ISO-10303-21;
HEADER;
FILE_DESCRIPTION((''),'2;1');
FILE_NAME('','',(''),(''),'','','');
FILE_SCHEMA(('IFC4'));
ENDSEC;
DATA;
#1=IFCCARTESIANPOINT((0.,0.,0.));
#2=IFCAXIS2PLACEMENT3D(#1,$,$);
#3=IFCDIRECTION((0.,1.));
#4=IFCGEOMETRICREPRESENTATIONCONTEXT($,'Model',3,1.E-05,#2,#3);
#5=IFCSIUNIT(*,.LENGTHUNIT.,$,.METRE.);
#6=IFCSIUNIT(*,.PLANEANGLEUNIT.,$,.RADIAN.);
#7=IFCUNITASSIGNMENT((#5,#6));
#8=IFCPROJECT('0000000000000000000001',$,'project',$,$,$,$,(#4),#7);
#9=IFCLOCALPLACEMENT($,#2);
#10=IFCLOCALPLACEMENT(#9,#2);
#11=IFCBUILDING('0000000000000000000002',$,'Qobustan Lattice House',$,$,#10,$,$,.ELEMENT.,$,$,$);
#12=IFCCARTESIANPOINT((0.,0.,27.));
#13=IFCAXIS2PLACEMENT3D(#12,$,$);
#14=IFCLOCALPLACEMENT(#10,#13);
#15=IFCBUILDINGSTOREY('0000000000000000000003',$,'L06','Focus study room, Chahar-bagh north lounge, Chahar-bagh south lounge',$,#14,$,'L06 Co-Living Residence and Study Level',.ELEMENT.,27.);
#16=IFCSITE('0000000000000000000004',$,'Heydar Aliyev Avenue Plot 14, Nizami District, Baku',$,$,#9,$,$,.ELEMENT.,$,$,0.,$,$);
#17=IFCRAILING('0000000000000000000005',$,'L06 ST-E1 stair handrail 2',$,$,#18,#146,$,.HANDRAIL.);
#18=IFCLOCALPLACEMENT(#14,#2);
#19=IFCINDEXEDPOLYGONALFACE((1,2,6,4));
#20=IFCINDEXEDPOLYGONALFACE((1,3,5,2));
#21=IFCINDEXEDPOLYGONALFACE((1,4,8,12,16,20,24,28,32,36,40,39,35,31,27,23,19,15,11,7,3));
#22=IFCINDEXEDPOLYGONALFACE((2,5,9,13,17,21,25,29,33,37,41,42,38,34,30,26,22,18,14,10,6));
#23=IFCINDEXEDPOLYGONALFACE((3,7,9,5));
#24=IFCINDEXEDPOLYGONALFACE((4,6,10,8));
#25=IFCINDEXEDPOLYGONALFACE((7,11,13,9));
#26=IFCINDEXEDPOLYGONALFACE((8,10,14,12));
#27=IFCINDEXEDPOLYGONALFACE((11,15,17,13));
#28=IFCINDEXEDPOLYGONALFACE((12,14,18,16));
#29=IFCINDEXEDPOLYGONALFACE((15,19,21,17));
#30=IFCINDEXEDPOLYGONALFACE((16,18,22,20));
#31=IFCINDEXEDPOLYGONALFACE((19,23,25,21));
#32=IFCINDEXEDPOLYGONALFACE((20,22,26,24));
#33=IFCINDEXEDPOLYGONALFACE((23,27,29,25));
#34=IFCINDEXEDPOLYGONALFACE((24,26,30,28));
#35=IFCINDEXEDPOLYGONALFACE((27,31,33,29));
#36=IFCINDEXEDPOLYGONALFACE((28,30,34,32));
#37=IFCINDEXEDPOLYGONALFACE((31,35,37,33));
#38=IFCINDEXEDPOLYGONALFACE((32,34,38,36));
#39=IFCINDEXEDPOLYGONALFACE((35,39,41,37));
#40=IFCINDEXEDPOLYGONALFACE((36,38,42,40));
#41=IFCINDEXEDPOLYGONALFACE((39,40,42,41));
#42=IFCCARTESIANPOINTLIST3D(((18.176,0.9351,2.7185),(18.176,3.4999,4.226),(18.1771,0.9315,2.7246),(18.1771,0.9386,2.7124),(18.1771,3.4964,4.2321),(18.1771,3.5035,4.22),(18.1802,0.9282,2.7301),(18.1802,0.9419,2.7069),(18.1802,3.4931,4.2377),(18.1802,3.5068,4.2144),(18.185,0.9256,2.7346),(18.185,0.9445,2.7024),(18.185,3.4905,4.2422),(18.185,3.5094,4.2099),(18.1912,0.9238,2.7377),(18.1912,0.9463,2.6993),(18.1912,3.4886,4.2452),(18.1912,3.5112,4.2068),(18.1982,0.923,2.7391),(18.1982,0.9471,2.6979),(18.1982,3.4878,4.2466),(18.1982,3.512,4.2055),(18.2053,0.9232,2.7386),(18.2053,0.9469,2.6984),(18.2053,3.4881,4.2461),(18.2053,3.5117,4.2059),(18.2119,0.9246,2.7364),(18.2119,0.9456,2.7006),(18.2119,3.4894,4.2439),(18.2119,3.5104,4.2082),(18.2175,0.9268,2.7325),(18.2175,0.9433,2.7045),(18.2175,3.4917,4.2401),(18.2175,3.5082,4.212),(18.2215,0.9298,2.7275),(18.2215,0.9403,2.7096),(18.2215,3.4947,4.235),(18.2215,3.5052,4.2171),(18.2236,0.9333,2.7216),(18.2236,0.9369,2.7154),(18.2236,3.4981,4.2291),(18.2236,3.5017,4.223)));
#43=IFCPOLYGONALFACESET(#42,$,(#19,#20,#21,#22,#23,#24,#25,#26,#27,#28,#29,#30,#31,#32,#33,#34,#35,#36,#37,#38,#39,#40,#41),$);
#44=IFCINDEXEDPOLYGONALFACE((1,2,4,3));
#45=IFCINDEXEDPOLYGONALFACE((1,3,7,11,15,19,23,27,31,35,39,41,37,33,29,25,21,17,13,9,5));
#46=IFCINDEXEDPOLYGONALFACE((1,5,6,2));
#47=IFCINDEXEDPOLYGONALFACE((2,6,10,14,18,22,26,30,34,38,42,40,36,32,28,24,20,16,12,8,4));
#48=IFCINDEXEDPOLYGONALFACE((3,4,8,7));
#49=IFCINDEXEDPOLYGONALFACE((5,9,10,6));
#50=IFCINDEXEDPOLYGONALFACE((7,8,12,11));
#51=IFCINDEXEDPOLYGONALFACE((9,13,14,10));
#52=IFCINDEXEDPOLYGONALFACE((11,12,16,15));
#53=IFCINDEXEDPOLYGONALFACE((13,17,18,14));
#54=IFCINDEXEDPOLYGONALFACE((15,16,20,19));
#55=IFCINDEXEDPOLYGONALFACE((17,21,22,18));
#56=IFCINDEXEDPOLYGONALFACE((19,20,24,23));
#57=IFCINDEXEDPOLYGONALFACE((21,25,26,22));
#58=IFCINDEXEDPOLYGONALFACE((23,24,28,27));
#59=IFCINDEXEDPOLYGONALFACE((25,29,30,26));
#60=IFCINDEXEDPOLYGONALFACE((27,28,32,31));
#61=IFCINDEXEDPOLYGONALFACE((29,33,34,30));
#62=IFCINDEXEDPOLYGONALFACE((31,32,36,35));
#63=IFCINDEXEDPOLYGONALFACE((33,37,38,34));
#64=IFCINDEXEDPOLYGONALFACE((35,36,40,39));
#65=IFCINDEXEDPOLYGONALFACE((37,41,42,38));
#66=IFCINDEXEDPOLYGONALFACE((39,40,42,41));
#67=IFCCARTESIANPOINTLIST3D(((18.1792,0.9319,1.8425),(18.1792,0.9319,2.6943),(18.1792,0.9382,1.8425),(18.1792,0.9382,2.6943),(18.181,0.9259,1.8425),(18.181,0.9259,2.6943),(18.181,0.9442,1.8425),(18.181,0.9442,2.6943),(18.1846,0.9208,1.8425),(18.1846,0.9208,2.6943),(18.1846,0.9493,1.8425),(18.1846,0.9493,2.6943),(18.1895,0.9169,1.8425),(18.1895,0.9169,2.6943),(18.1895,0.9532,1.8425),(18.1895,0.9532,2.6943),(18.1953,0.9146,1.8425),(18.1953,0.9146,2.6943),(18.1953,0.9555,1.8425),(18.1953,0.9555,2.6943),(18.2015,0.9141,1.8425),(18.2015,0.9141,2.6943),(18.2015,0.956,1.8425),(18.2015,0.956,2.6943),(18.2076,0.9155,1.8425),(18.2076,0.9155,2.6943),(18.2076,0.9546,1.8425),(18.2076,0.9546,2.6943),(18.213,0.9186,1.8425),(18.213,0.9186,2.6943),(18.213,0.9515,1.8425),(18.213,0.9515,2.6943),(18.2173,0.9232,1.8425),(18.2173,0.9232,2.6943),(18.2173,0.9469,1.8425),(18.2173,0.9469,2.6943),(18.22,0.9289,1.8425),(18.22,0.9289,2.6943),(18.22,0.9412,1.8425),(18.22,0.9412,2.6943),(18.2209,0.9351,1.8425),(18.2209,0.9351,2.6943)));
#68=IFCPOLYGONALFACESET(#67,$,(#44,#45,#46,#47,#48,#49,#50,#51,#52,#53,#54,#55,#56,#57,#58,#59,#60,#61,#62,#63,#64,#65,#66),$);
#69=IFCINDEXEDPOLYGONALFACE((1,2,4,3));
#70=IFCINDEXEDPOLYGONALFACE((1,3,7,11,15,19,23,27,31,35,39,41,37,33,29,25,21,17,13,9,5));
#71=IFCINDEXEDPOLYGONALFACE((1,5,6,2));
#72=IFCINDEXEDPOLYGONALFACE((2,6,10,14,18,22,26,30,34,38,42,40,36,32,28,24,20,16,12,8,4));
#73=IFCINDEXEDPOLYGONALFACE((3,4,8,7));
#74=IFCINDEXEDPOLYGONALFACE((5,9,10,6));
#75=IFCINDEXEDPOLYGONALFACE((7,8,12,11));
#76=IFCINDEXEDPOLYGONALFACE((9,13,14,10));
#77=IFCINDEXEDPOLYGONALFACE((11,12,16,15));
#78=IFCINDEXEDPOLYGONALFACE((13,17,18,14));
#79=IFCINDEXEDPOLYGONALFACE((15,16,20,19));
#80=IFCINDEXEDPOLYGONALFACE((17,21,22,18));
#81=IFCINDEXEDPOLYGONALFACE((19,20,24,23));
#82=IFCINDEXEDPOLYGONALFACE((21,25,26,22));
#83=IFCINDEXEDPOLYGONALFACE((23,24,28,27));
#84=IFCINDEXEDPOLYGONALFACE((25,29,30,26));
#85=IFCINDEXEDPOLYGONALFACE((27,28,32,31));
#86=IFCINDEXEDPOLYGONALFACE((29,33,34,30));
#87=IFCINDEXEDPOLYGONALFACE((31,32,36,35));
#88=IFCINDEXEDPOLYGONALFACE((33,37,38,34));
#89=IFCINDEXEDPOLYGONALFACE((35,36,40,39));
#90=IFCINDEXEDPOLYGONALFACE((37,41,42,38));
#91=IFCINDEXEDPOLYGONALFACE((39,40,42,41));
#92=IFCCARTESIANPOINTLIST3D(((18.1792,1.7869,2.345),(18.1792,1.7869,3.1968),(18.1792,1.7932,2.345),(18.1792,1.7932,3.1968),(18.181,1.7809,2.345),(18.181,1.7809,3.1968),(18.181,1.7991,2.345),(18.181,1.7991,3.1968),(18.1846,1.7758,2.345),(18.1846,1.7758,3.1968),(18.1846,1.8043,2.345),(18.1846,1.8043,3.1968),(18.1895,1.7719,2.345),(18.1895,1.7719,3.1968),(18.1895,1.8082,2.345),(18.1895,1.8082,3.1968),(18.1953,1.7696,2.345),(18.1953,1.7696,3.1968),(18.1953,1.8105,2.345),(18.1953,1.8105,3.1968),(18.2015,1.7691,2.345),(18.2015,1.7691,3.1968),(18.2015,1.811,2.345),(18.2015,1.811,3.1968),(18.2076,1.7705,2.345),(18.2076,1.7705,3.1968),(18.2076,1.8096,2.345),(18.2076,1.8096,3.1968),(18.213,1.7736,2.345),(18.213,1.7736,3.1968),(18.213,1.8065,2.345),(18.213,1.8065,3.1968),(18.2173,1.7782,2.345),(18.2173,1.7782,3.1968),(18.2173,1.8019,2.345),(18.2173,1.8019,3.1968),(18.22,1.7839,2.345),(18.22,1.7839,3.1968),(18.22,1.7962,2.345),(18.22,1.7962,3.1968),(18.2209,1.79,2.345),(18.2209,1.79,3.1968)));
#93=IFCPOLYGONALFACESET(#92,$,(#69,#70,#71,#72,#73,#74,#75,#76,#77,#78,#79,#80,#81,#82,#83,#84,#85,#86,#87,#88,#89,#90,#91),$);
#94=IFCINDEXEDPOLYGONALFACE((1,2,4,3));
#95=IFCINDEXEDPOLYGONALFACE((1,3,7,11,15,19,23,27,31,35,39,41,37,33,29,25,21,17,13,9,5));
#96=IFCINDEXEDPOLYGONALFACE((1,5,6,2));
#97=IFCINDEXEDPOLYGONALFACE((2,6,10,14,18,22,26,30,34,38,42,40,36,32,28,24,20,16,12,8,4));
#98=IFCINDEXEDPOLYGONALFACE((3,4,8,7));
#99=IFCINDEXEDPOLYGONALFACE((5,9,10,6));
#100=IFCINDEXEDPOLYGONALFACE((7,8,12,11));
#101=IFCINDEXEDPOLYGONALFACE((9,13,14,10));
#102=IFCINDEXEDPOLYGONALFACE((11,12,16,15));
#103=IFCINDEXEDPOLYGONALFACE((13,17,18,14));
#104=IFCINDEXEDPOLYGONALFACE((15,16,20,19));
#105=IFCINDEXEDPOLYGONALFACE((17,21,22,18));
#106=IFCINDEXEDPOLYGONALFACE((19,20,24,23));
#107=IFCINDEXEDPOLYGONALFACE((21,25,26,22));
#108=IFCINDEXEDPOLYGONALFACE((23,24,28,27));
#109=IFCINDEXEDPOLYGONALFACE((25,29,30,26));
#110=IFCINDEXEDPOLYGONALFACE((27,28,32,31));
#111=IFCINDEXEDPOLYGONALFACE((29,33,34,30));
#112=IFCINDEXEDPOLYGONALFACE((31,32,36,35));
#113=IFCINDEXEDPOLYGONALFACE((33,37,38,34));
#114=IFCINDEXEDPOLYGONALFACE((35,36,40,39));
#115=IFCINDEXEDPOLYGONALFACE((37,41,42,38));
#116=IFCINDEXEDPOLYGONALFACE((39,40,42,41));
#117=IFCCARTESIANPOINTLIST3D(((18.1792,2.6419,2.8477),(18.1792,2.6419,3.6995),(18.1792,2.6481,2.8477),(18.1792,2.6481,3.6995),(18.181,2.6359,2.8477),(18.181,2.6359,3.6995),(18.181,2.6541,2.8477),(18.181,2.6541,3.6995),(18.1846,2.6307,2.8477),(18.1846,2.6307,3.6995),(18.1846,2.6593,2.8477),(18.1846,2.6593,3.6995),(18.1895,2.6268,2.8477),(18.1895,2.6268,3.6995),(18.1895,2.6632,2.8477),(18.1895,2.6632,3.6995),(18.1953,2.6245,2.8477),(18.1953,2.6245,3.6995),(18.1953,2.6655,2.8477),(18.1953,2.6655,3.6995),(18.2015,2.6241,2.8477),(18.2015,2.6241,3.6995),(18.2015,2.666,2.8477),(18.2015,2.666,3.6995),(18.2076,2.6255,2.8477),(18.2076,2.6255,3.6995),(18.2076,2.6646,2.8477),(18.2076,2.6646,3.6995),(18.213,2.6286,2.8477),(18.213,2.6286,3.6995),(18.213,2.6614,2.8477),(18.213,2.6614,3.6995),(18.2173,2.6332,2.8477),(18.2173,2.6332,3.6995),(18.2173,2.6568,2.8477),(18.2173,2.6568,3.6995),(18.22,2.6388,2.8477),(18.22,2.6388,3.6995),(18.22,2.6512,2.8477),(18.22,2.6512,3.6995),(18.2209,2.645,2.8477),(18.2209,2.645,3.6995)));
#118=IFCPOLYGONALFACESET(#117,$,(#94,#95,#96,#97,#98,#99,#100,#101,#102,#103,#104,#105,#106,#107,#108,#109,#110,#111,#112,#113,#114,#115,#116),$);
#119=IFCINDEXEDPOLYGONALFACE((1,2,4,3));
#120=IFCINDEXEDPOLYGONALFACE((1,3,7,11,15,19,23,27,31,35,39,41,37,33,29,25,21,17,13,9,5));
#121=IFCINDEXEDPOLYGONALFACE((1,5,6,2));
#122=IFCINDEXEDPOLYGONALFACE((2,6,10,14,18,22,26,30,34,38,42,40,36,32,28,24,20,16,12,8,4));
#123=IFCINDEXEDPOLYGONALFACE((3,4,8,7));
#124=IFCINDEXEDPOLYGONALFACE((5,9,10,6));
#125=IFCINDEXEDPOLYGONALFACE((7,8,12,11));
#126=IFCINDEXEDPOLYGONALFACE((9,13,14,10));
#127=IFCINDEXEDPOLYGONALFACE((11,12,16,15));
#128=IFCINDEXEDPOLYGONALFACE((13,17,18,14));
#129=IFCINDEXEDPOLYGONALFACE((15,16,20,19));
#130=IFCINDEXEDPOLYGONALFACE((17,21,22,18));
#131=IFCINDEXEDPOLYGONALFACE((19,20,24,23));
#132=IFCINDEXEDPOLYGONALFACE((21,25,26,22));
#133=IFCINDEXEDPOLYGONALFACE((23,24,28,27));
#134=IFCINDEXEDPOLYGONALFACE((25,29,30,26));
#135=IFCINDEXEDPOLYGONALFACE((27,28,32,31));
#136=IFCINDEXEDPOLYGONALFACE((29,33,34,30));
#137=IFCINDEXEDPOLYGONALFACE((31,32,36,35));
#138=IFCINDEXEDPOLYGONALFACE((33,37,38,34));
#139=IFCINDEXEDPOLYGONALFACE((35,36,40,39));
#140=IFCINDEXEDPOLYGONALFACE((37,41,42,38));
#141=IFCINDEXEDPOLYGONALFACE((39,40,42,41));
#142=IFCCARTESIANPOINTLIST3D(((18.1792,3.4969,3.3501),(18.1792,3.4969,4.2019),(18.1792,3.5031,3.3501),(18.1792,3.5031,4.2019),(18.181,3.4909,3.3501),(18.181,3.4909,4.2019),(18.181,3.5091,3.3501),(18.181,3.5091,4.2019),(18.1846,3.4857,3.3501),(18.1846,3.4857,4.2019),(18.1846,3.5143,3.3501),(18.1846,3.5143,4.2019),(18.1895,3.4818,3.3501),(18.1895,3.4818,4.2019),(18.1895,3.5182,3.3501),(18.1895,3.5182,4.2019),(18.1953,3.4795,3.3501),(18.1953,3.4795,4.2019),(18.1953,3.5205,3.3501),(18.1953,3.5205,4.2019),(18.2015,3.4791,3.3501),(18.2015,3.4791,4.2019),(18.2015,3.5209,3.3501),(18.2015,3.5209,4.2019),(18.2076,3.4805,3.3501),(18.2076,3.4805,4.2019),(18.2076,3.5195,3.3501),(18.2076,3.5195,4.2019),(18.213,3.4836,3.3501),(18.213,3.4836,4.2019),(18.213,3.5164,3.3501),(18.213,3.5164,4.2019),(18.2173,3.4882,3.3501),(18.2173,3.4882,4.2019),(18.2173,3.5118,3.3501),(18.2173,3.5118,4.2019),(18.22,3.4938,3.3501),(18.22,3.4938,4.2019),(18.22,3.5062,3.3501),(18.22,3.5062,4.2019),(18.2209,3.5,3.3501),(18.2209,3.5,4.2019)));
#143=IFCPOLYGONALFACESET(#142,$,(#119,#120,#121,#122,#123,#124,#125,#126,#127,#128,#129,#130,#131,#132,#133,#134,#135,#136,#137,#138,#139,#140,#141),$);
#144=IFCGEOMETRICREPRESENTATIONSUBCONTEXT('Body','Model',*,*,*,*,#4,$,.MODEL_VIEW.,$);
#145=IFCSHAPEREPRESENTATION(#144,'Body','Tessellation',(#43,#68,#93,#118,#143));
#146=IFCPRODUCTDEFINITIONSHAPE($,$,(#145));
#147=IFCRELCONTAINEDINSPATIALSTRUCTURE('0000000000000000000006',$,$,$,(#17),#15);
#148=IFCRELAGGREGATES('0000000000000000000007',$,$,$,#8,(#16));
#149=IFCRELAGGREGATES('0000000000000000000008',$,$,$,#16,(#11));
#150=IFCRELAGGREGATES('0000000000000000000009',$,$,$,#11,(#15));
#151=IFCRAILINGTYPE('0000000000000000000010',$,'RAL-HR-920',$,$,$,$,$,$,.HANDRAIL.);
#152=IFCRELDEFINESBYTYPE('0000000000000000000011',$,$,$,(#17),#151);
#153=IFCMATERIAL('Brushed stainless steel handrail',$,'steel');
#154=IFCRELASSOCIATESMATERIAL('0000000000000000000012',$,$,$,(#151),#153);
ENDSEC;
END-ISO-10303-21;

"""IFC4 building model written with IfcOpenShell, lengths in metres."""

from ifc_helpers import new_model, si_unit, direction, frame, origin, origin_2d, place, context, subcontext, project, spatial, circle, extrude, material, type_object, element, save


model = new_model("IFC4")

# Units and contexts
model_context = context("Model", 3, precision=1e-05, world=origin(), true_north=direction((0.0, 1.0)))
body_context = subcontext(model_context, "Body", "Model", "MODEL_VIEW")
ifc_project = project(units=[si_unit("LENGTHUNIT", "METRE"), si_unit("PLANEANGLEUNIT", "RADIAN")], contexts=[model_context])

# Site, building, storey
site_placement = place(None, origin())
site = spatial("IfcSite", under=ifc_project, at=site_placement, Name="Heydar Aliyev Avenue Plot 14, Nizami District, Baku", CompositionType="ELEMENT", RefElevation=0.0)
building_placement = place(site_placement, origin())
building = spatial("IfcBuilding", under=site, at=building_placement, Name="Qobustan Lattice House", CompositionType="ELEMENT")
storey_placement = place(building_placement, frame((0.0, 0.0, 27.0)))
storey = spatial("IfcBuildingStorey", under=building, at=storey_placement, Name="L06", Description="Focus study room, Chahar-bagh north lounge, Chahar-bagh south lounge", LongName="L06 Co-Living Residence and Study Level", CompositionType="ELEMENT", Elevation=27.0)

# Railing
ifc_material_1 = material(Name="Brushed stainless steel handrail", Category="steel")
railing_type_1 = type_object("IfcRailingType", Name="RAL-HR-920", PredefinedType="HANDRAIL", material=ifc_material_1)
railing_1_placement = place(storey_placement, frame((18.2, 0.9351, 1.8425)))
element("IfcRailing", 1, at=railing_1_placement, inside=storey, type_object=railing_type_1, Name="L06 ST-E1 stair handrail 2", PredefinedType="HANDRAIL", context=body_context, shape_type="SweptSolid", body=[
    extrude(circle(Radius=0.0239, at=origin_2d()), frame((0.0, 0.0, 0.876), z_axis=(0.0, 0.862113, 0.506715), x_axis=(-1.0, 0.0, 0.0)), (0.0, 0.0, 1.0), 2.9751),
    extrude(circle(Radius=0.021, at=origin_2d()), origin(), (0.0, 0.0, 1.0), 0.8518),
    extrude(circle(Radius=0.021, at=origin_2d()), frame((0.0, 0.855, 0.5024)), (0.0, 0.0, 1.0), 0.8518),
    extrude(circle(Radius=0.021, at=origin_2d()), frame((0.0, 1.71, 1.0051)), (0.0, 0.0, 1.0), 0.8518),
    extrude(circle(Radius=0.021, at=origin_2d()), frame((0.0, 2.5649, 1.5076)), (0.0, 0.0, 1.0), 0.8518),
])

save(model, "model.ifc")
